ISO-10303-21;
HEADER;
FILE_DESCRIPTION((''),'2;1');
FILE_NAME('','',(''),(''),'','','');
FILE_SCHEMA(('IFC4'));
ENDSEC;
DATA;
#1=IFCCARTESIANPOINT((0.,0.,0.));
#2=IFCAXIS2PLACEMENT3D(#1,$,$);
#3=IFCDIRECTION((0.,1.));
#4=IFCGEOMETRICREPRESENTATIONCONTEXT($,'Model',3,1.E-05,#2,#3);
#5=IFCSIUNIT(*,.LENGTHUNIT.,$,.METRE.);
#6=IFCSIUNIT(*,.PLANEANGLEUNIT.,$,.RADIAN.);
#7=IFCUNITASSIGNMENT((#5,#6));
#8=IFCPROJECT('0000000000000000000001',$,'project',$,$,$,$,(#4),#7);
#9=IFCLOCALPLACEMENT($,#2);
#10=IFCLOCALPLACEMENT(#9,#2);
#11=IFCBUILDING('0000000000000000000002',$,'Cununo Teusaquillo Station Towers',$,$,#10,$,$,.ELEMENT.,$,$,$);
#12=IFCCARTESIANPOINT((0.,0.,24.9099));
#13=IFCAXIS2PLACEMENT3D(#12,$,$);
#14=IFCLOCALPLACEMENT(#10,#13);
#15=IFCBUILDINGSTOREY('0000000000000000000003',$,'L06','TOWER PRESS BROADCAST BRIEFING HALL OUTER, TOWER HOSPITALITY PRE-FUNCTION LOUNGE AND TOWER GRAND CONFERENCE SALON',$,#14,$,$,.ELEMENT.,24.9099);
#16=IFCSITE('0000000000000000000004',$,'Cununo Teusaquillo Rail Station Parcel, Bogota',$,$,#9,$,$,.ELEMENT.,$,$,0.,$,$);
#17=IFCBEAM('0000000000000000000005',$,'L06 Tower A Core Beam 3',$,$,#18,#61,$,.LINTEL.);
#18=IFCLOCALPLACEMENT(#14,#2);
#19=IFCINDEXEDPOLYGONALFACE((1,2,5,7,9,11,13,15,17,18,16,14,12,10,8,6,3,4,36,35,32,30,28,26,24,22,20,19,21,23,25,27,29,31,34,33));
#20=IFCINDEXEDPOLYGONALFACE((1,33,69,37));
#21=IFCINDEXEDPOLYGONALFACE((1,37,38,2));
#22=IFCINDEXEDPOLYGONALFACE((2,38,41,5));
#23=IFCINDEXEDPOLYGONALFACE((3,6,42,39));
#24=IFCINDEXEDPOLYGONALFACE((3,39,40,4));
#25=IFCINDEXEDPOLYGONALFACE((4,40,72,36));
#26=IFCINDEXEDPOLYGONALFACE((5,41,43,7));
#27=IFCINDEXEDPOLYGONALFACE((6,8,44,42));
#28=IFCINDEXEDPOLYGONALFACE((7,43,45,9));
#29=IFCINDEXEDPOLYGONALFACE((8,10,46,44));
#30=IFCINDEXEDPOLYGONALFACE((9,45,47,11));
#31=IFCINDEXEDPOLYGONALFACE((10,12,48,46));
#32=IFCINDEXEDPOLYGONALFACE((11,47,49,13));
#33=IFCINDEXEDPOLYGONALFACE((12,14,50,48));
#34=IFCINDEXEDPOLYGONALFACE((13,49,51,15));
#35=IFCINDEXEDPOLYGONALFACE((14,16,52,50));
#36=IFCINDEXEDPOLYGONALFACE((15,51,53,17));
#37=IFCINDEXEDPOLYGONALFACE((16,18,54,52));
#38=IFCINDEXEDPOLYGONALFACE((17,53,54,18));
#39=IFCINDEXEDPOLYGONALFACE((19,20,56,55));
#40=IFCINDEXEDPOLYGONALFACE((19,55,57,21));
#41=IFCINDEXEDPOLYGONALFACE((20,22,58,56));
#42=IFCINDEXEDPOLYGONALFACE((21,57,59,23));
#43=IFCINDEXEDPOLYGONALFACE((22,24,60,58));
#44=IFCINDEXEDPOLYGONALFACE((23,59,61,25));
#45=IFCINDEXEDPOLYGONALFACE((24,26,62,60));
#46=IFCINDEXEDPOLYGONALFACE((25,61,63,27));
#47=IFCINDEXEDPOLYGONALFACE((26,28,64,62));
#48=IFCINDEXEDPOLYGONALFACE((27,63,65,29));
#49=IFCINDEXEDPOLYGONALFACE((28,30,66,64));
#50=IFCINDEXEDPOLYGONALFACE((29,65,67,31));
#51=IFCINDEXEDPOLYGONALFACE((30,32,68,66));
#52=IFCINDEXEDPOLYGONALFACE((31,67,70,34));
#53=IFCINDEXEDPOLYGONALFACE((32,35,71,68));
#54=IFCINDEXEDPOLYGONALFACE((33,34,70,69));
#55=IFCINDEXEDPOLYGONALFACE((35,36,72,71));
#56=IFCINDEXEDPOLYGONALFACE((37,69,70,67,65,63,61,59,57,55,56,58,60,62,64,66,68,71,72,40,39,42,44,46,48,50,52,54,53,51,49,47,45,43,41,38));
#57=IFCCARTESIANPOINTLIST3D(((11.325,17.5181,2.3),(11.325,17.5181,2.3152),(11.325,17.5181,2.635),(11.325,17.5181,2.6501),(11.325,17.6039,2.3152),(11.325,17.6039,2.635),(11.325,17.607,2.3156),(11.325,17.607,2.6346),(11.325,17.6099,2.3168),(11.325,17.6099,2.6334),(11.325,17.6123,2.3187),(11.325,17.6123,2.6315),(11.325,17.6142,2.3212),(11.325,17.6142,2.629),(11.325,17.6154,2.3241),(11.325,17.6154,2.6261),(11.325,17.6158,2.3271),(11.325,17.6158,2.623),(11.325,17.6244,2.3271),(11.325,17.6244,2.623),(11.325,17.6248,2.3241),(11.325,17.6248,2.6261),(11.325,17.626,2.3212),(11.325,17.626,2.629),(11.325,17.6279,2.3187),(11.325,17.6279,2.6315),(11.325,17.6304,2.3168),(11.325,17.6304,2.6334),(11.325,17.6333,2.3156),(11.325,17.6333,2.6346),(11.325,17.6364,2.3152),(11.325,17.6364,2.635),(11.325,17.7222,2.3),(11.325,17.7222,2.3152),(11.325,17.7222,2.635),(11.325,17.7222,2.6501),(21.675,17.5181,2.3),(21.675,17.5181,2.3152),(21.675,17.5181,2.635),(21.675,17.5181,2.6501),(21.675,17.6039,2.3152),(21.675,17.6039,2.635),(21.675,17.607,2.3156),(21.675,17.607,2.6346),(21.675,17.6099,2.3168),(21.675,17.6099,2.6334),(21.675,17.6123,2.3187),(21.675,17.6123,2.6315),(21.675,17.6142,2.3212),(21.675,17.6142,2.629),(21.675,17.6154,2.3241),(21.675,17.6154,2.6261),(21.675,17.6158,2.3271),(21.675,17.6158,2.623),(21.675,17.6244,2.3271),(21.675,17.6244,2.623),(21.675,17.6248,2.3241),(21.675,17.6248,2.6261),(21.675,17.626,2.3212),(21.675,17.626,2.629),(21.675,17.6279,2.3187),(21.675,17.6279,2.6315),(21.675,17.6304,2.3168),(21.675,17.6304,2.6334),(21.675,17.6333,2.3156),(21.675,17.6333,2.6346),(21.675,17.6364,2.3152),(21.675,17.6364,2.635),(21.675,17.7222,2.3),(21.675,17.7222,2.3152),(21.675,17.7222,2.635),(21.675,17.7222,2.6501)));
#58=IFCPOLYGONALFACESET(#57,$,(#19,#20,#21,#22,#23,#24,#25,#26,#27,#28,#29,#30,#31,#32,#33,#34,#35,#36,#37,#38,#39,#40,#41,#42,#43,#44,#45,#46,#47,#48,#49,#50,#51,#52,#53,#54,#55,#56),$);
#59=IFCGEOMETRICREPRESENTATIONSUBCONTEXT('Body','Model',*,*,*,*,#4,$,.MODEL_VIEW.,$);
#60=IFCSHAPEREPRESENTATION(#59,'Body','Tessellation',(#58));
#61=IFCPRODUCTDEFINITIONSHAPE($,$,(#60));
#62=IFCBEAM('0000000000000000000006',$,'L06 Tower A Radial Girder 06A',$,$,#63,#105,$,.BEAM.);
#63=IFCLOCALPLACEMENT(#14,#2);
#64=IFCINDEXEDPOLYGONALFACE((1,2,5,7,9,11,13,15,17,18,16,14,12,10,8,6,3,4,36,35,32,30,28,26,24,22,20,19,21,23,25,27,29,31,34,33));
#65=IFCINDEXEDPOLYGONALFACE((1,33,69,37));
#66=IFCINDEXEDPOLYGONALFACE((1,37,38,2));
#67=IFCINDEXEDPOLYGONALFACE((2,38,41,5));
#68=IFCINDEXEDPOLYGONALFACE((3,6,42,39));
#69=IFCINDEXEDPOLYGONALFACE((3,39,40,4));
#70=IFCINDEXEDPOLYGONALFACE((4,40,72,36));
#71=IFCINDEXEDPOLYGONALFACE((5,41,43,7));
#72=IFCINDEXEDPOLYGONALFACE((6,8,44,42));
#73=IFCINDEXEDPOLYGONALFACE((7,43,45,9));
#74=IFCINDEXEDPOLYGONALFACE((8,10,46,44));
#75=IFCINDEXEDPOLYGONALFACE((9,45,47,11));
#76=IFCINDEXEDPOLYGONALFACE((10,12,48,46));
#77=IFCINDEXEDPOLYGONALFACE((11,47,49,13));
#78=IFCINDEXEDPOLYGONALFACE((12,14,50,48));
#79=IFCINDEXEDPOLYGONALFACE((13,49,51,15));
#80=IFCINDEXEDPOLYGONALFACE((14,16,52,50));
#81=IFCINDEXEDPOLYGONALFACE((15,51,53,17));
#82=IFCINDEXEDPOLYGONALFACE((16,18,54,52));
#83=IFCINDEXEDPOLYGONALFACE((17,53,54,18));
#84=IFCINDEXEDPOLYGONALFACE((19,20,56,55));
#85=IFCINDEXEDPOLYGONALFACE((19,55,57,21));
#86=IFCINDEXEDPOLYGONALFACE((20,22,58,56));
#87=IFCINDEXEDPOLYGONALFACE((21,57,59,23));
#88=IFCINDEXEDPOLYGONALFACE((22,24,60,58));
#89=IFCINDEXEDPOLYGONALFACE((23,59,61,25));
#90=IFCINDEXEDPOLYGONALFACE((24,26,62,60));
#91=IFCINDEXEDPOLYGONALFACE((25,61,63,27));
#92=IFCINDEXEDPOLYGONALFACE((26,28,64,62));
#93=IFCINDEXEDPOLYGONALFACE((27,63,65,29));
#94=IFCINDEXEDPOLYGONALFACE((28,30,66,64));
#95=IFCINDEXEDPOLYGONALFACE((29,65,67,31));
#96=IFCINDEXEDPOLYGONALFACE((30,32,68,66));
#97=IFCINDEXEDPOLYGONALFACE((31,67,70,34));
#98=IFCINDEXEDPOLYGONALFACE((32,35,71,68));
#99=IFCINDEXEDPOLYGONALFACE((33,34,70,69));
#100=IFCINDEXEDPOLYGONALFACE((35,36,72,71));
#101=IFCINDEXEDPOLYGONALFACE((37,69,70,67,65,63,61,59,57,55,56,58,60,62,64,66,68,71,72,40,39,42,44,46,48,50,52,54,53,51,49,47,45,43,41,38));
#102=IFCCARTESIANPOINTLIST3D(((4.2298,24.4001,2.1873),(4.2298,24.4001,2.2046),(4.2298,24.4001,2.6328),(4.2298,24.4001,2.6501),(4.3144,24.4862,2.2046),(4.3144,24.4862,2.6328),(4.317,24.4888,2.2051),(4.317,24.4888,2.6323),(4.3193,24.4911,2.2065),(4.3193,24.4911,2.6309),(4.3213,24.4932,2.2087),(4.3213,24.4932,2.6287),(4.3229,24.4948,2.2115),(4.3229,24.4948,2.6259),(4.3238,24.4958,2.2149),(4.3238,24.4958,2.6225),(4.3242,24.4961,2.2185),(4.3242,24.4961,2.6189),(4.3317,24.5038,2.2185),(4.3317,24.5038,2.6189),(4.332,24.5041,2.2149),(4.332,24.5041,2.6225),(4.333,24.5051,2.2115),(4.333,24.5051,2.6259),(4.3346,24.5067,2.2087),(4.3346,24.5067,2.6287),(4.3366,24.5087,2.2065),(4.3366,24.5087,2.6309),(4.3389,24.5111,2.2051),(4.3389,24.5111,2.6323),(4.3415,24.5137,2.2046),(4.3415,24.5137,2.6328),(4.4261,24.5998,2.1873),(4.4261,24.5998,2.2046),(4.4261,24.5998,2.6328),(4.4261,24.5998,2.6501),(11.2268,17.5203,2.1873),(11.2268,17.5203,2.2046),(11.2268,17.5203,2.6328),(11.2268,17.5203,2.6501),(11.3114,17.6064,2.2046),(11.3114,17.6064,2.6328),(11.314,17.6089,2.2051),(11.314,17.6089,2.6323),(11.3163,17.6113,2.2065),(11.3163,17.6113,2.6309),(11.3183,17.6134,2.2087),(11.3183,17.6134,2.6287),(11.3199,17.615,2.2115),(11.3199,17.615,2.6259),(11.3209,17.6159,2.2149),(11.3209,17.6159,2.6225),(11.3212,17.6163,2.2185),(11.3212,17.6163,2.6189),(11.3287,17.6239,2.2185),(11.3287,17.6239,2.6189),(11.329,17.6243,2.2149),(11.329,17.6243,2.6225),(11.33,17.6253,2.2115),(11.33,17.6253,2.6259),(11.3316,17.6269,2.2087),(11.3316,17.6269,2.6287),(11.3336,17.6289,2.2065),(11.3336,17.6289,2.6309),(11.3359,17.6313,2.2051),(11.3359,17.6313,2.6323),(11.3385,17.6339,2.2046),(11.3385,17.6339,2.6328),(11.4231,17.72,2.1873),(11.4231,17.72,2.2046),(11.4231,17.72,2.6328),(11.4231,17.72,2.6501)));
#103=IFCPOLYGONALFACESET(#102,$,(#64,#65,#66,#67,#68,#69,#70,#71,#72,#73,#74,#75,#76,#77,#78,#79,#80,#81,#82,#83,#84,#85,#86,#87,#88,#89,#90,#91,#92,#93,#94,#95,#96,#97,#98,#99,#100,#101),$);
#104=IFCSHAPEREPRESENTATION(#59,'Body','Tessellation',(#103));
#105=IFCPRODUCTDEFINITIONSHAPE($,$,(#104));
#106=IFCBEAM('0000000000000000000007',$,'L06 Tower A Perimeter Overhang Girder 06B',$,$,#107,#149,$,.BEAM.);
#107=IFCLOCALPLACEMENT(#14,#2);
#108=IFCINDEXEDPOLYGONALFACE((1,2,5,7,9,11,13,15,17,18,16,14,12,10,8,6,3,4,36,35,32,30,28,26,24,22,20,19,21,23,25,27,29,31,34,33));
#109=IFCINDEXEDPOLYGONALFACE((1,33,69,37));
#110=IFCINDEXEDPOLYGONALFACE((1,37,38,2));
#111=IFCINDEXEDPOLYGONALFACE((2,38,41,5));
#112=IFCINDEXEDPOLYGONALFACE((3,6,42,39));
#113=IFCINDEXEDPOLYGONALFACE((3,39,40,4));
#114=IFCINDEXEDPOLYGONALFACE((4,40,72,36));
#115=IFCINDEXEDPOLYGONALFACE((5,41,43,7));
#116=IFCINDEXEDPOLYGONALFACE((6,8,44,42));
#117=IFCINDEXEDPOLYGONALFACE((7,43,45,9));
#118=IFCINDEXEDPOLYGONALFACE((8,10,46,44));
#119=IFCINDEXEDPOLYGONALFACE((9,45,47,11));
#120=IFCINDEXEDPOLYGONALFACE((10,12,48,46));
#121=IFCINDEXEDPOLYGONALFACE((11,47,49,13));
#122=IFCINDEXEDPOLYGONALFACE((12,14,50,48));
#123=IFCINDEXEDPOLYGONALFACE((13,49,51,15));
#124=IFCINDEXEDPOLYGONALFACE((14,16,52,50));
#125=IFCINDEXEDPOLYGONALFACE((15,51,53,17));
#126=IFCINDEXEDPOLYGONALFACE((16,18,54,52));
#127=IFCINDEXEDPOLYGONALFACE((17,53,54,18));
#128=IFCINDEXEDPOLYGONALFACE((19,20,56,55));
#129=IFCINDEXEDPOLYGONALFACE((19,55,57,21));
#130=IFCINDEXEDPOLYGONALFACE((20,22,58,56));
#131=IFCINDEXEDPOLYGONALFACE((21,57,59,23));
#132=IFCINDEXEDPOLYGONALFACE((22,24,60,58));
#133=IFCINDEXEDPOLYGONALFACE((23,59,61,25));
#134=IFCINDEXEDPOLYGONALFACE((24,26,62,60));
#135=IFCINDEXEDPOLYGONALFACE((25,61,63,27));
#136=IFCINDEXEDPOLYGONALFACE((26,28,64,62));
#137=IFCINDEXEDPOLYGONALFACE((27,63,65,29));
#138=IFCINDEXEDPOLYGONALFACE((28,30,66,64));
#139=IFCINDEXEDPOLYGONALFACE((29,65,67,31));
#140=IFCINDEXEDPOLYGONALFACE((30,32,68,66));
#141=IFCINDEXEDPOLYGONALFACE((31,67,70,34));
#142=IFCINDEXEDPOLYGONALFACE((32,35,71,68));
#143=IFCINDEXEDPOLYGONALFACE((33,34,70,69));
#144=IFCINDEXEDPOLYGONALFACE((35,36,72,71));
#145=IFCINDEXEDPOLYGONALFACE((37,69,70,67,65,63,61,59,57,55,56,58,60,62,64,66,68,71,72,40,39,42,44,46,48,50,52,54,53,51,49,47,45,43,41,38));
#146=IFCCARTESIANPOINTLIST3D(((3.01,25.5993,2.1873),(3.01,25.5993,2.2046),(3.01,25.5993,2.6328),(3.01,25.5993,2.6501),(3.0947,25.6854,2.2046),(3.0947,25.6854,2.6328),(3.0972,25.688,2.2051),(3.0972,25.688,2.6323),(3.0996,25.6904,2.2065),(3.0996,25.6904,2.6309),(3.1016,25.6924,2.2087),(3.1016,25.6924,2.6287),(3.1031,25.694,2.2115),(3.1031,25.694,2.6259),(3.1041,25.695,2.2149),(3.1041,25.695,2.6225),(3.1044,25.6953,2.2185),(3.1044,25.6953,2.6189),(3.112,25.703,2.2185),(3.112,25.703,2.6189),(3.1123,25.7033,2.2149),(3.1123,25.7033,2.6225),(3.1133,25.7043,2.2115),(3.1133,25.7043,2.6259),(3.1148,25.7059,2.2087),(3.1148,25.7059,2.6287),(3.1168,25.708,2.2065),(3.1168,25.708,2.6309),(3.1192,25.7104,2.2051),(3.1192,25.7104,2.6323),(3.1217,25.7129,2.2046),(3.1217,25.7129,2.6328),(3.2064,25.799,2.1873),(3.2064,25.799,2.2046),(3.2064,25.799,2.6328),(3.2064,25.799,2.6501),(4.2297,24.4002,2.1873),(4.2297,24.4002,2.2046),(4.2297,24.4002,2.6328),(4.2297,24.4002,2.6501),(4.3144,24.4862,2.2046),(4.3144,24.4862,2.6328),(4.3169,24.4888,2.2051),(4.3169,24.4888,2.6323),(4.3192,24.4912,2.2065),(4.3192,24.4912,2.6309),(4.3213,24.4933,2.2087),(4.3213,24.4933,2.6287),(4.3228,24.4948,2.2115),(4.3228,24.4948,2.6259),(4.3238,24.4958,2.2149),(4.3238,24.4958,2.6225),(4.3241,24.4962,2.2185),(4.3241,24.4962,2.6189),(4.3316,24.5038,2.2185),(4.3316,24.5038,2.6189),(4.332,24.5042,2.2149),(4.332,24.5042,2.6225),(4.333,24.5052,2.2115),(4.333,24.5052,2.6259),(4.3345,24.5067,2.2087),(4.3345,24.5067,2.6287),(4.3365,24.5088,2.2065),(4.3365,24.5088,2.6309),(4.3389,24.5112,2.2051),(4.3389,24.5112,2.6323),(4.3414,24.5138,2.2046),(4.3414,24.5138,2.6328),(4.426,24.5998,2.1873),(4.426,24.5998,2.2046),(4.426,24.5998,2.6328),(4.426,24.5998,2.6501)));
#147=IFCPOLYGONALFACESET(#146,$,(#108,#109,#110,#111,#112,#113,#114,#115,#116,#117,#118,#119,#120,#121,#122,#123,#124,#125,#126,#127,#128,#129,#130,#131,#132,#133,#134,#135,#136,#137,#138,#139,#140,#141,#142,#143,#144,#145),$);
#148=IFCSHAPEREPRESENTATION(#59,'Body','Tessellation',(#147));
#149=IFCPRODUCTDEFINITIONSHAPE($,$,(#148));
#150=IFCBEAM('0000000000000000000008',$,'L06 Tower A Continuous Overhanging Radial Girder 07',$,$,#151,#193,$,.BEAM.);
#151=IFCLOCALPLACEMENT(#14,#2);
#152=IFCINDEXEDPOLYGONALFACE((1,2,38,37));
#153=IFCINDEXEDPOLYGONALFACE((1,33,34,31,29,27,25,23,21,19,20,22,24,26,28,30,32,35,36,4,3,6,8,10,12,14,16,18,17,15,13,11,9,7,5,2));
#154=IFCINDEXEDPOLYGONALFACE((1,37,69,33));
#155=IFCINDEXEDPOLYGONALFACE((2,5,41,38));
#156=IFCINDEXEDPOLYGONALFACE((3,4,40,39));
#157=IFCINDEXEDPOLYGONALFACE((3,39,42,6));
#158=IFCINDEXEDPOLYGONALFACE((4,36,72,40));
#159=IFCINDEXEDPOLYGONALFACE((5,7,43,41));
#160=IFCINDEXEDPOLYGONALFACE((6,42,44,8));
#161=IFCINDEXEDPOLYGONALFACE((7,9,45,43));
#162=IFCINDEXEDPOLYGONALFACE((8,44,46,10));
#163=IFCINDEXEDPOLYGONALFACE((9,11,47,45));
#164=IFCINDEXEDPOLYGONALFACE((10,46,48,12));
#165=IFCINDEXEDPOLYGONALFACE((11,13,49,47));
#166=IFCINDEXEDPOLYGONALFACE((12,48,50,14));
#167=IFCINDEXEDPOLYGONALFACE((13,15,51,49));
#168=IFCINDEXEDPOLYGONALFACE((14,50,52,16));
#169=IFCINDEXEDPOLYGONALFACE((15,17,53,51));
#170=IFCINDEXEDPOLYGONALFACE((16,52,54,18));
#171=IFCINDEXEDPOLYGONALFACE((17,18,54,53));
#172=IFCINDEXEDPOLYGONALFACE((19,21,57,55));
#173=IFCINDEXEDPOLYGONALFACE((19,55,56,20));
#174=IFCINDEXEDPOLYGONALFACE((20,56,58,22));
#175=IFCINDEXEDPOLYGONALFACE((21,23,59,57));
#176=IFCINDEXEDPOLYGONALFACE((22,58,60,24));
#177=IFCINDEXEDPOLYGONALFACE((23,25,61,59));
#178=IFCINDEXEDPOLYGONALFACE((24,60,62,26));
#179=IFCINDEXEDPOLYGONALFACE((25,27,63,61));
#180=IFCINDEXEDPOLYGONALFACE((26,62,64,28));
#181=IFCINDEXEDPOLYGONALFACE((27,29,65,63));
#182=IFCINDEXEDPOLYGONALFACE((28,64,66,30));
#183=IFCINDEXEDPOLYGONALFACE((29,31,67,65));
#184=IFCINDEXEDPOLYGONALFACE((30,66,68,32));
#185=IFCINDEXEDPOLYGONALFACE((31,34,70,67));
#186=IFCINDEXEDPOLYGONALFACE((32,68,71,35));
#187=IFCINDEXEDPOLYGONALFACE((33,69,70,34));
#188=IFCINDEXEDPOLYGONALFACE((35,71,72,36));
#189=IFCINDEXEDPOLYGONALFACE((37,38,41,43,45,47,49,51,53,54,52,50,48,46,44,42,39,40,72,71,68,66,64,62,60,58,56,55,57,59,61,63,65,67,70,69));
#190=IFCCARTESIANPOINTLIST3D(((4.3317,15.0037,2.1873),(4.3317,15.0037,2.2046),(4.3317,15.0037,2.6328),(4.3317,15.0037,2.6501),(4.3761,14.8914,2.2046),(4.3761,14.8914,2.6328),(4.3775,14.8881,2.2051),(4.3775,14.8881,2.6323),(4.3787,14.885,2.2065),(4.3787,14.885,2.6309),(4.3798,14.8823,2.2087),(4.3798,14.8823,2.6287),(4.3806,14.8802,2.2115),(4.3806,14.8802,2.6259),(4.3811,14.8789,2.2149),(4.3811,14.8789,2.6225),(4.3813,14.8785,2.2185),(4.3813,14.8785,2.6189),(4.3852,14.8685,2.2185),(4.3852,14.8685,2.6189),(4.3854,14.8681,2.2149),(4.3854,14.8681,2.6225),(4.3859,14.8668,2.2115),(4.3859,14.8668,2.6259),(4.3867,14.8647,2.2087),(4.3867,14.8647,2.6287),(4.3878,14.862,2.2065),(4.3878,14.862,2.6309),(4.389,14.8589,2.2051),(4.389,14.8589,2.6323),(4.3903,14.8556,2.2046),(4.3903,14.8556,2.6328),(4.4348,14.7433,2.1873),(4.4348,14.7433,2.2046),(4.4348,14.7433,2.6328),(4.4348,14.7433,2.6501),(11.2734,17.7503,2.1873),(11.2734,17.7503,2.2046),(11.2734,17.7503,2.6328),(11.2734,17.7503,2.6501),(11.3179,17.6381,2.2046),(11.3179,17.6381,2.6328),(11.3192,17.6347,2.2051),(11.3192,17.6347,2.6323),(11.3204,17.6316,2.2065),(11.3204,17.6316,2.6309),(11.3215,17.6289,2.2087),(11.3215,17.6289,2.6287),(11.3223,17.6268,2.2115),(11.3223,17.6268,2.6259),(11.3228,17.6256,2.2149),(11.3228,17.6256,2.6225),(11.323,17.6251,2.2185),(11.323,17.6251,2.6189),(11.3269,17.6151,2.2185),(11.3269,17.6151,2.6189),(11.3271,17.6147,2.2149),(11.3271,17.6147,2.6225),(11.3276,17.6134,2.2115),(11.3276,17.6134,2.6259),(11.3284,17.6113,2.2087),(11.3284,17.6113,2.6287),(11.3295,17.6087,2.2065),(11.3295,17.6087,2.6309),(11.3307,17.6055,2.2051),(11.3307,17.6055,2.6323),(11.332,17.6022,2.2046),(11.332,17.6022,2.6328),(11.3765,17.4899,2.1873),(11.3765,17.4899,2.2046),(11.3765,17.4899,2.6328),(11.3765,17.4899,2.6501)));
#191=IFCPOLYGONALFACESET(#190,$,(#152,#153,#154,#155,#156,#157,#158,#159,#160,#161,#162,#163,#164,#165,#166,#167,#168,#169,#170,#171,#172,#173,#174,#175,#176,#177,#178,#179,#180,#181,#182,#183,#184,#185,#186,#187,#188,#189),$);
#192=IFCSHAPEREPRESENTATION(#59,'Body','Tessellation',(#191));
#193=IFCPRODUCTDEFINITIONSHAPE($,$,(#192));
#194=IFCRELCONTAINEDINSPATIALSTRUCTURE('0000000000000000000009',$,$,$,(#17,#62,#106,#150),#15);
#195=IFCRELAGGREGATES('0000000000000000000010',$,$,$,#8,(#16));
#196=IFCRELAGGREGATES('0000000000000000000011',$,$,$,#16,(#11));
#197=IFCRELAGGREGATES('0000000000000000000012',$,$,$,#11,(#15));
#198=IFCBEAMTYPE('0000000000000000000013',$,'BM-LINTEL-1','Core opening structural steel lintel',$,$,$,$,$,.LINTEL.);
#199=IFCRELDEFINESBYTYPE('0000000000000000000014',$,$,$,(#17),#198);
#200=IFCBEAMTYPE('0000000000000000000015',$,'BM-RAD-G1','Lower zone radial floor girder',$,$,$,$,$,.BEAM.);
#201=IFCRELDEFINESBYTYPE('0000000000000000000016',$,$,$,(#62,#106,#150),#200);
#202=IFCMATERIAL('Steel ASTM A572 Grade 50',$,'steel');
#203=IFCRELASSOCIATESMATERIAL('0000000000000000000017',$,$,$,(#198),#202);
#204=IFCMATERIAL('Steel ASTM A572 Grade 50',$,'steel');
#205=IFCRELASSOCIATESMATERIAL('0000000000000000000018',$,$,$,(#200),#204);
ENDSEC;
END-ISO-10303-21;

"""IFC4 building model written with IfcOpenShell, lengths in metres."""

from ifc_helpers import new_model, si_unit, direction, frame, origin, origin_2d, place, context, subcontext, project, spatial, i_section, extrude, material, material_profile, profile_set, type_object, element, save


model = new_model("IFC4")

# Units and contexts
model_context = context("Model", 3, precision=1e-05, world=origin(), true_north=direction((0.0, 1.0)))
body_context = subcontext(model_context, "Body", "Model", "MODEL_VIEW")
ifc_project = project(units=[si_unit("LENGTHUNIT", "METRE"), si_unit("PLANEANGLEUNIT", "RADIAN")], contexts=[model_context])

# Site, building, storey
site_placement = place(None, origin())
site = spatial("IfcSite", under=ifc_project, at=site_placement, Name="Cununo Teusaquillo Rail Station Parcel, Bogota", CompositionType="ELEMENT", RefElevation=0.0)
building_placement = place(site_placement, origin())
building = spatial("IfcBuilding", under=site, at=building_placement, Name="Cununo Teusaquillo Station Towers", CompositionType="ELEMENT")
storey_placement = place(building_placement, frame((0.0, 0.0, 24.9099)))
storey = spatial("IfcBuildingStorey", under=building, at=storey_placement, Name="L06", Description="TOWER PRESS BROADCAST BRIEFING HALL OUTER, TOWER HOSPITALITY PRE-FUNCTION LOUNGE AND TOWER GRAND CONFERENCE SALON", CompositionType="ELEMENT", Elevation=24.9099)

# Beams
ifc_material_1 = material(Name="Steel ASTM A572 Grade 50", Category="steel")
ifc_material_profile_1 = material_profile(ifc_material_1, i_section(OverallWidth=0.2041, OverallDepth=0.3501, WebThickness=0.0085, FlangeThickness=0.0151, FilletRadius=0.012, at=origin_2d()), Name="W14X48")
ifc_profile_set_1 = profile_set([ifc_material_profile_1], Name="Steel ASTM A572 Grade 50")
beam_type_1 = type_object("IfcBeamType", Name="BM-LINTEL-1", Description="Core opening structural steel lintel", PredefinedType="LINTEL", material=ifc_profile_set_1)
beam_1_placement = place(storey_placement, frame((11.325, 17.6201, 2.4751), z_axis=(1.0, 0.0, 0.0), x_axis=(0.0, 1.0, 0.0)))
element("IfcBeam", 1, at=beam_1_placement, inside=storey, type_object=beam_type_1, Name="L06 Tower A Core Beam 3", PredefinedType="LINTEL", context=body_context, shape_type="SweptSolid", body=[
    extrude(i_section(OverallWidth=0.2041, OverallDepth=0.3501, WebThickness=0.0085, FlangeThickness=0.0151, FilletRadius=0.012, at=origin_2d()), origin(), (0.0, 0.0, 1.0), 10.3501),
])
ifc_material_2 = material(Name="Steel ASTM A572 Grade 50", Category="steel")
ifc_material_profile_2 = material_profile(ifc_material_2, i_section(OverallWidth=0.28, OverallDepth=0.4629, WebThickness=0.0107, FlangeThickness=0.0173, FilletRadius=0.0139, at=origin_2d()), Name="W18X76")
ifc_profile_set_2 = profile_set([ifc_material_profile_2], Name="Steel ASTM A572 Grade 50")
beam_type_2 = type_object("IfcBeamType", Name="BM-RAD-G1", Description="Lower zone radial floor girder", PredefinedType="BEAM", material=ifc_profile_set_2)
beam_2_placement = place(storey_placement, frame((11.325, 17.6201, 2.4187), z_axis=(-0.713053, 0.70111, 0.0), x_axis=(-0.70111, -0.713053, 0.0)))
element("IfcBeam", 2, at=beam_2_placement, inside=storey, type_object=beam_type_2, Name="L06 Tower A Radial Girder 06A", PredefinedType="BEAM", context=body_context, shape_type="SweptSolid", body=[
    extrude(i_section(OverallWidth=0.28, OverallDepth=0.4629, WebThickness=0.0107, FlangeThickness=0.0173, FilletRadius=0.0139, at=origin_2d()), origin(), (0.0, 0.0, 1.0), 9.8127),
])
beam_3_placement = place(storey_placement, frame((4.3279, 24.5, 2.4187), z_axis=(-0.713076, 0.701087, 0.0), x_axis=(-0.701087, -0.713076, 0.0)))
element("IfcBeam", 3, at=beam_3_placement, inside=storey, type_object=beam_type_2, Name="L06 Tower A Perimeter Overhang Girder 06B", PredefinedType="BEAM", context=body_context, shape_type="SweptSolid", body=[
    extrude(i_section(OverallWidth=0.28, OverallDepth=0.4629, WebThickness=0.0107, FlangeThickness=0.0173, FilletRadius=0.0139, at=origin_2d()), origin(), (0.0, 0.0, 1.0), 1.7104),
])
beam_4_placement = place(storey_placement, frame((11.325, 17.6201, 2.4187), z_axis=(-0.92986, -0.367915, 0.0), x_axis=(0.367915, -0.92986, 0.0)))
element("IfcBeam", 4, at=beam_4_placement, inside=storey, type_object=beam_type_2, Name="L06 Tower A Continuous Overhanging Radial Girder 07", PredefinedType="BEAM", context=body_context, shape_type="SweptSolid", body=[
    extrude(i_section(OverallWidth=0.28, OverallDepth=0.4629, WebThickness=0.0107, FlangeThickness=0.0173, FilletRadius=0.0139, at=origin_2d()), origin(), (0.0, 0.0, 1.0), 7.4653),
])

save(model, "model.ifc")
